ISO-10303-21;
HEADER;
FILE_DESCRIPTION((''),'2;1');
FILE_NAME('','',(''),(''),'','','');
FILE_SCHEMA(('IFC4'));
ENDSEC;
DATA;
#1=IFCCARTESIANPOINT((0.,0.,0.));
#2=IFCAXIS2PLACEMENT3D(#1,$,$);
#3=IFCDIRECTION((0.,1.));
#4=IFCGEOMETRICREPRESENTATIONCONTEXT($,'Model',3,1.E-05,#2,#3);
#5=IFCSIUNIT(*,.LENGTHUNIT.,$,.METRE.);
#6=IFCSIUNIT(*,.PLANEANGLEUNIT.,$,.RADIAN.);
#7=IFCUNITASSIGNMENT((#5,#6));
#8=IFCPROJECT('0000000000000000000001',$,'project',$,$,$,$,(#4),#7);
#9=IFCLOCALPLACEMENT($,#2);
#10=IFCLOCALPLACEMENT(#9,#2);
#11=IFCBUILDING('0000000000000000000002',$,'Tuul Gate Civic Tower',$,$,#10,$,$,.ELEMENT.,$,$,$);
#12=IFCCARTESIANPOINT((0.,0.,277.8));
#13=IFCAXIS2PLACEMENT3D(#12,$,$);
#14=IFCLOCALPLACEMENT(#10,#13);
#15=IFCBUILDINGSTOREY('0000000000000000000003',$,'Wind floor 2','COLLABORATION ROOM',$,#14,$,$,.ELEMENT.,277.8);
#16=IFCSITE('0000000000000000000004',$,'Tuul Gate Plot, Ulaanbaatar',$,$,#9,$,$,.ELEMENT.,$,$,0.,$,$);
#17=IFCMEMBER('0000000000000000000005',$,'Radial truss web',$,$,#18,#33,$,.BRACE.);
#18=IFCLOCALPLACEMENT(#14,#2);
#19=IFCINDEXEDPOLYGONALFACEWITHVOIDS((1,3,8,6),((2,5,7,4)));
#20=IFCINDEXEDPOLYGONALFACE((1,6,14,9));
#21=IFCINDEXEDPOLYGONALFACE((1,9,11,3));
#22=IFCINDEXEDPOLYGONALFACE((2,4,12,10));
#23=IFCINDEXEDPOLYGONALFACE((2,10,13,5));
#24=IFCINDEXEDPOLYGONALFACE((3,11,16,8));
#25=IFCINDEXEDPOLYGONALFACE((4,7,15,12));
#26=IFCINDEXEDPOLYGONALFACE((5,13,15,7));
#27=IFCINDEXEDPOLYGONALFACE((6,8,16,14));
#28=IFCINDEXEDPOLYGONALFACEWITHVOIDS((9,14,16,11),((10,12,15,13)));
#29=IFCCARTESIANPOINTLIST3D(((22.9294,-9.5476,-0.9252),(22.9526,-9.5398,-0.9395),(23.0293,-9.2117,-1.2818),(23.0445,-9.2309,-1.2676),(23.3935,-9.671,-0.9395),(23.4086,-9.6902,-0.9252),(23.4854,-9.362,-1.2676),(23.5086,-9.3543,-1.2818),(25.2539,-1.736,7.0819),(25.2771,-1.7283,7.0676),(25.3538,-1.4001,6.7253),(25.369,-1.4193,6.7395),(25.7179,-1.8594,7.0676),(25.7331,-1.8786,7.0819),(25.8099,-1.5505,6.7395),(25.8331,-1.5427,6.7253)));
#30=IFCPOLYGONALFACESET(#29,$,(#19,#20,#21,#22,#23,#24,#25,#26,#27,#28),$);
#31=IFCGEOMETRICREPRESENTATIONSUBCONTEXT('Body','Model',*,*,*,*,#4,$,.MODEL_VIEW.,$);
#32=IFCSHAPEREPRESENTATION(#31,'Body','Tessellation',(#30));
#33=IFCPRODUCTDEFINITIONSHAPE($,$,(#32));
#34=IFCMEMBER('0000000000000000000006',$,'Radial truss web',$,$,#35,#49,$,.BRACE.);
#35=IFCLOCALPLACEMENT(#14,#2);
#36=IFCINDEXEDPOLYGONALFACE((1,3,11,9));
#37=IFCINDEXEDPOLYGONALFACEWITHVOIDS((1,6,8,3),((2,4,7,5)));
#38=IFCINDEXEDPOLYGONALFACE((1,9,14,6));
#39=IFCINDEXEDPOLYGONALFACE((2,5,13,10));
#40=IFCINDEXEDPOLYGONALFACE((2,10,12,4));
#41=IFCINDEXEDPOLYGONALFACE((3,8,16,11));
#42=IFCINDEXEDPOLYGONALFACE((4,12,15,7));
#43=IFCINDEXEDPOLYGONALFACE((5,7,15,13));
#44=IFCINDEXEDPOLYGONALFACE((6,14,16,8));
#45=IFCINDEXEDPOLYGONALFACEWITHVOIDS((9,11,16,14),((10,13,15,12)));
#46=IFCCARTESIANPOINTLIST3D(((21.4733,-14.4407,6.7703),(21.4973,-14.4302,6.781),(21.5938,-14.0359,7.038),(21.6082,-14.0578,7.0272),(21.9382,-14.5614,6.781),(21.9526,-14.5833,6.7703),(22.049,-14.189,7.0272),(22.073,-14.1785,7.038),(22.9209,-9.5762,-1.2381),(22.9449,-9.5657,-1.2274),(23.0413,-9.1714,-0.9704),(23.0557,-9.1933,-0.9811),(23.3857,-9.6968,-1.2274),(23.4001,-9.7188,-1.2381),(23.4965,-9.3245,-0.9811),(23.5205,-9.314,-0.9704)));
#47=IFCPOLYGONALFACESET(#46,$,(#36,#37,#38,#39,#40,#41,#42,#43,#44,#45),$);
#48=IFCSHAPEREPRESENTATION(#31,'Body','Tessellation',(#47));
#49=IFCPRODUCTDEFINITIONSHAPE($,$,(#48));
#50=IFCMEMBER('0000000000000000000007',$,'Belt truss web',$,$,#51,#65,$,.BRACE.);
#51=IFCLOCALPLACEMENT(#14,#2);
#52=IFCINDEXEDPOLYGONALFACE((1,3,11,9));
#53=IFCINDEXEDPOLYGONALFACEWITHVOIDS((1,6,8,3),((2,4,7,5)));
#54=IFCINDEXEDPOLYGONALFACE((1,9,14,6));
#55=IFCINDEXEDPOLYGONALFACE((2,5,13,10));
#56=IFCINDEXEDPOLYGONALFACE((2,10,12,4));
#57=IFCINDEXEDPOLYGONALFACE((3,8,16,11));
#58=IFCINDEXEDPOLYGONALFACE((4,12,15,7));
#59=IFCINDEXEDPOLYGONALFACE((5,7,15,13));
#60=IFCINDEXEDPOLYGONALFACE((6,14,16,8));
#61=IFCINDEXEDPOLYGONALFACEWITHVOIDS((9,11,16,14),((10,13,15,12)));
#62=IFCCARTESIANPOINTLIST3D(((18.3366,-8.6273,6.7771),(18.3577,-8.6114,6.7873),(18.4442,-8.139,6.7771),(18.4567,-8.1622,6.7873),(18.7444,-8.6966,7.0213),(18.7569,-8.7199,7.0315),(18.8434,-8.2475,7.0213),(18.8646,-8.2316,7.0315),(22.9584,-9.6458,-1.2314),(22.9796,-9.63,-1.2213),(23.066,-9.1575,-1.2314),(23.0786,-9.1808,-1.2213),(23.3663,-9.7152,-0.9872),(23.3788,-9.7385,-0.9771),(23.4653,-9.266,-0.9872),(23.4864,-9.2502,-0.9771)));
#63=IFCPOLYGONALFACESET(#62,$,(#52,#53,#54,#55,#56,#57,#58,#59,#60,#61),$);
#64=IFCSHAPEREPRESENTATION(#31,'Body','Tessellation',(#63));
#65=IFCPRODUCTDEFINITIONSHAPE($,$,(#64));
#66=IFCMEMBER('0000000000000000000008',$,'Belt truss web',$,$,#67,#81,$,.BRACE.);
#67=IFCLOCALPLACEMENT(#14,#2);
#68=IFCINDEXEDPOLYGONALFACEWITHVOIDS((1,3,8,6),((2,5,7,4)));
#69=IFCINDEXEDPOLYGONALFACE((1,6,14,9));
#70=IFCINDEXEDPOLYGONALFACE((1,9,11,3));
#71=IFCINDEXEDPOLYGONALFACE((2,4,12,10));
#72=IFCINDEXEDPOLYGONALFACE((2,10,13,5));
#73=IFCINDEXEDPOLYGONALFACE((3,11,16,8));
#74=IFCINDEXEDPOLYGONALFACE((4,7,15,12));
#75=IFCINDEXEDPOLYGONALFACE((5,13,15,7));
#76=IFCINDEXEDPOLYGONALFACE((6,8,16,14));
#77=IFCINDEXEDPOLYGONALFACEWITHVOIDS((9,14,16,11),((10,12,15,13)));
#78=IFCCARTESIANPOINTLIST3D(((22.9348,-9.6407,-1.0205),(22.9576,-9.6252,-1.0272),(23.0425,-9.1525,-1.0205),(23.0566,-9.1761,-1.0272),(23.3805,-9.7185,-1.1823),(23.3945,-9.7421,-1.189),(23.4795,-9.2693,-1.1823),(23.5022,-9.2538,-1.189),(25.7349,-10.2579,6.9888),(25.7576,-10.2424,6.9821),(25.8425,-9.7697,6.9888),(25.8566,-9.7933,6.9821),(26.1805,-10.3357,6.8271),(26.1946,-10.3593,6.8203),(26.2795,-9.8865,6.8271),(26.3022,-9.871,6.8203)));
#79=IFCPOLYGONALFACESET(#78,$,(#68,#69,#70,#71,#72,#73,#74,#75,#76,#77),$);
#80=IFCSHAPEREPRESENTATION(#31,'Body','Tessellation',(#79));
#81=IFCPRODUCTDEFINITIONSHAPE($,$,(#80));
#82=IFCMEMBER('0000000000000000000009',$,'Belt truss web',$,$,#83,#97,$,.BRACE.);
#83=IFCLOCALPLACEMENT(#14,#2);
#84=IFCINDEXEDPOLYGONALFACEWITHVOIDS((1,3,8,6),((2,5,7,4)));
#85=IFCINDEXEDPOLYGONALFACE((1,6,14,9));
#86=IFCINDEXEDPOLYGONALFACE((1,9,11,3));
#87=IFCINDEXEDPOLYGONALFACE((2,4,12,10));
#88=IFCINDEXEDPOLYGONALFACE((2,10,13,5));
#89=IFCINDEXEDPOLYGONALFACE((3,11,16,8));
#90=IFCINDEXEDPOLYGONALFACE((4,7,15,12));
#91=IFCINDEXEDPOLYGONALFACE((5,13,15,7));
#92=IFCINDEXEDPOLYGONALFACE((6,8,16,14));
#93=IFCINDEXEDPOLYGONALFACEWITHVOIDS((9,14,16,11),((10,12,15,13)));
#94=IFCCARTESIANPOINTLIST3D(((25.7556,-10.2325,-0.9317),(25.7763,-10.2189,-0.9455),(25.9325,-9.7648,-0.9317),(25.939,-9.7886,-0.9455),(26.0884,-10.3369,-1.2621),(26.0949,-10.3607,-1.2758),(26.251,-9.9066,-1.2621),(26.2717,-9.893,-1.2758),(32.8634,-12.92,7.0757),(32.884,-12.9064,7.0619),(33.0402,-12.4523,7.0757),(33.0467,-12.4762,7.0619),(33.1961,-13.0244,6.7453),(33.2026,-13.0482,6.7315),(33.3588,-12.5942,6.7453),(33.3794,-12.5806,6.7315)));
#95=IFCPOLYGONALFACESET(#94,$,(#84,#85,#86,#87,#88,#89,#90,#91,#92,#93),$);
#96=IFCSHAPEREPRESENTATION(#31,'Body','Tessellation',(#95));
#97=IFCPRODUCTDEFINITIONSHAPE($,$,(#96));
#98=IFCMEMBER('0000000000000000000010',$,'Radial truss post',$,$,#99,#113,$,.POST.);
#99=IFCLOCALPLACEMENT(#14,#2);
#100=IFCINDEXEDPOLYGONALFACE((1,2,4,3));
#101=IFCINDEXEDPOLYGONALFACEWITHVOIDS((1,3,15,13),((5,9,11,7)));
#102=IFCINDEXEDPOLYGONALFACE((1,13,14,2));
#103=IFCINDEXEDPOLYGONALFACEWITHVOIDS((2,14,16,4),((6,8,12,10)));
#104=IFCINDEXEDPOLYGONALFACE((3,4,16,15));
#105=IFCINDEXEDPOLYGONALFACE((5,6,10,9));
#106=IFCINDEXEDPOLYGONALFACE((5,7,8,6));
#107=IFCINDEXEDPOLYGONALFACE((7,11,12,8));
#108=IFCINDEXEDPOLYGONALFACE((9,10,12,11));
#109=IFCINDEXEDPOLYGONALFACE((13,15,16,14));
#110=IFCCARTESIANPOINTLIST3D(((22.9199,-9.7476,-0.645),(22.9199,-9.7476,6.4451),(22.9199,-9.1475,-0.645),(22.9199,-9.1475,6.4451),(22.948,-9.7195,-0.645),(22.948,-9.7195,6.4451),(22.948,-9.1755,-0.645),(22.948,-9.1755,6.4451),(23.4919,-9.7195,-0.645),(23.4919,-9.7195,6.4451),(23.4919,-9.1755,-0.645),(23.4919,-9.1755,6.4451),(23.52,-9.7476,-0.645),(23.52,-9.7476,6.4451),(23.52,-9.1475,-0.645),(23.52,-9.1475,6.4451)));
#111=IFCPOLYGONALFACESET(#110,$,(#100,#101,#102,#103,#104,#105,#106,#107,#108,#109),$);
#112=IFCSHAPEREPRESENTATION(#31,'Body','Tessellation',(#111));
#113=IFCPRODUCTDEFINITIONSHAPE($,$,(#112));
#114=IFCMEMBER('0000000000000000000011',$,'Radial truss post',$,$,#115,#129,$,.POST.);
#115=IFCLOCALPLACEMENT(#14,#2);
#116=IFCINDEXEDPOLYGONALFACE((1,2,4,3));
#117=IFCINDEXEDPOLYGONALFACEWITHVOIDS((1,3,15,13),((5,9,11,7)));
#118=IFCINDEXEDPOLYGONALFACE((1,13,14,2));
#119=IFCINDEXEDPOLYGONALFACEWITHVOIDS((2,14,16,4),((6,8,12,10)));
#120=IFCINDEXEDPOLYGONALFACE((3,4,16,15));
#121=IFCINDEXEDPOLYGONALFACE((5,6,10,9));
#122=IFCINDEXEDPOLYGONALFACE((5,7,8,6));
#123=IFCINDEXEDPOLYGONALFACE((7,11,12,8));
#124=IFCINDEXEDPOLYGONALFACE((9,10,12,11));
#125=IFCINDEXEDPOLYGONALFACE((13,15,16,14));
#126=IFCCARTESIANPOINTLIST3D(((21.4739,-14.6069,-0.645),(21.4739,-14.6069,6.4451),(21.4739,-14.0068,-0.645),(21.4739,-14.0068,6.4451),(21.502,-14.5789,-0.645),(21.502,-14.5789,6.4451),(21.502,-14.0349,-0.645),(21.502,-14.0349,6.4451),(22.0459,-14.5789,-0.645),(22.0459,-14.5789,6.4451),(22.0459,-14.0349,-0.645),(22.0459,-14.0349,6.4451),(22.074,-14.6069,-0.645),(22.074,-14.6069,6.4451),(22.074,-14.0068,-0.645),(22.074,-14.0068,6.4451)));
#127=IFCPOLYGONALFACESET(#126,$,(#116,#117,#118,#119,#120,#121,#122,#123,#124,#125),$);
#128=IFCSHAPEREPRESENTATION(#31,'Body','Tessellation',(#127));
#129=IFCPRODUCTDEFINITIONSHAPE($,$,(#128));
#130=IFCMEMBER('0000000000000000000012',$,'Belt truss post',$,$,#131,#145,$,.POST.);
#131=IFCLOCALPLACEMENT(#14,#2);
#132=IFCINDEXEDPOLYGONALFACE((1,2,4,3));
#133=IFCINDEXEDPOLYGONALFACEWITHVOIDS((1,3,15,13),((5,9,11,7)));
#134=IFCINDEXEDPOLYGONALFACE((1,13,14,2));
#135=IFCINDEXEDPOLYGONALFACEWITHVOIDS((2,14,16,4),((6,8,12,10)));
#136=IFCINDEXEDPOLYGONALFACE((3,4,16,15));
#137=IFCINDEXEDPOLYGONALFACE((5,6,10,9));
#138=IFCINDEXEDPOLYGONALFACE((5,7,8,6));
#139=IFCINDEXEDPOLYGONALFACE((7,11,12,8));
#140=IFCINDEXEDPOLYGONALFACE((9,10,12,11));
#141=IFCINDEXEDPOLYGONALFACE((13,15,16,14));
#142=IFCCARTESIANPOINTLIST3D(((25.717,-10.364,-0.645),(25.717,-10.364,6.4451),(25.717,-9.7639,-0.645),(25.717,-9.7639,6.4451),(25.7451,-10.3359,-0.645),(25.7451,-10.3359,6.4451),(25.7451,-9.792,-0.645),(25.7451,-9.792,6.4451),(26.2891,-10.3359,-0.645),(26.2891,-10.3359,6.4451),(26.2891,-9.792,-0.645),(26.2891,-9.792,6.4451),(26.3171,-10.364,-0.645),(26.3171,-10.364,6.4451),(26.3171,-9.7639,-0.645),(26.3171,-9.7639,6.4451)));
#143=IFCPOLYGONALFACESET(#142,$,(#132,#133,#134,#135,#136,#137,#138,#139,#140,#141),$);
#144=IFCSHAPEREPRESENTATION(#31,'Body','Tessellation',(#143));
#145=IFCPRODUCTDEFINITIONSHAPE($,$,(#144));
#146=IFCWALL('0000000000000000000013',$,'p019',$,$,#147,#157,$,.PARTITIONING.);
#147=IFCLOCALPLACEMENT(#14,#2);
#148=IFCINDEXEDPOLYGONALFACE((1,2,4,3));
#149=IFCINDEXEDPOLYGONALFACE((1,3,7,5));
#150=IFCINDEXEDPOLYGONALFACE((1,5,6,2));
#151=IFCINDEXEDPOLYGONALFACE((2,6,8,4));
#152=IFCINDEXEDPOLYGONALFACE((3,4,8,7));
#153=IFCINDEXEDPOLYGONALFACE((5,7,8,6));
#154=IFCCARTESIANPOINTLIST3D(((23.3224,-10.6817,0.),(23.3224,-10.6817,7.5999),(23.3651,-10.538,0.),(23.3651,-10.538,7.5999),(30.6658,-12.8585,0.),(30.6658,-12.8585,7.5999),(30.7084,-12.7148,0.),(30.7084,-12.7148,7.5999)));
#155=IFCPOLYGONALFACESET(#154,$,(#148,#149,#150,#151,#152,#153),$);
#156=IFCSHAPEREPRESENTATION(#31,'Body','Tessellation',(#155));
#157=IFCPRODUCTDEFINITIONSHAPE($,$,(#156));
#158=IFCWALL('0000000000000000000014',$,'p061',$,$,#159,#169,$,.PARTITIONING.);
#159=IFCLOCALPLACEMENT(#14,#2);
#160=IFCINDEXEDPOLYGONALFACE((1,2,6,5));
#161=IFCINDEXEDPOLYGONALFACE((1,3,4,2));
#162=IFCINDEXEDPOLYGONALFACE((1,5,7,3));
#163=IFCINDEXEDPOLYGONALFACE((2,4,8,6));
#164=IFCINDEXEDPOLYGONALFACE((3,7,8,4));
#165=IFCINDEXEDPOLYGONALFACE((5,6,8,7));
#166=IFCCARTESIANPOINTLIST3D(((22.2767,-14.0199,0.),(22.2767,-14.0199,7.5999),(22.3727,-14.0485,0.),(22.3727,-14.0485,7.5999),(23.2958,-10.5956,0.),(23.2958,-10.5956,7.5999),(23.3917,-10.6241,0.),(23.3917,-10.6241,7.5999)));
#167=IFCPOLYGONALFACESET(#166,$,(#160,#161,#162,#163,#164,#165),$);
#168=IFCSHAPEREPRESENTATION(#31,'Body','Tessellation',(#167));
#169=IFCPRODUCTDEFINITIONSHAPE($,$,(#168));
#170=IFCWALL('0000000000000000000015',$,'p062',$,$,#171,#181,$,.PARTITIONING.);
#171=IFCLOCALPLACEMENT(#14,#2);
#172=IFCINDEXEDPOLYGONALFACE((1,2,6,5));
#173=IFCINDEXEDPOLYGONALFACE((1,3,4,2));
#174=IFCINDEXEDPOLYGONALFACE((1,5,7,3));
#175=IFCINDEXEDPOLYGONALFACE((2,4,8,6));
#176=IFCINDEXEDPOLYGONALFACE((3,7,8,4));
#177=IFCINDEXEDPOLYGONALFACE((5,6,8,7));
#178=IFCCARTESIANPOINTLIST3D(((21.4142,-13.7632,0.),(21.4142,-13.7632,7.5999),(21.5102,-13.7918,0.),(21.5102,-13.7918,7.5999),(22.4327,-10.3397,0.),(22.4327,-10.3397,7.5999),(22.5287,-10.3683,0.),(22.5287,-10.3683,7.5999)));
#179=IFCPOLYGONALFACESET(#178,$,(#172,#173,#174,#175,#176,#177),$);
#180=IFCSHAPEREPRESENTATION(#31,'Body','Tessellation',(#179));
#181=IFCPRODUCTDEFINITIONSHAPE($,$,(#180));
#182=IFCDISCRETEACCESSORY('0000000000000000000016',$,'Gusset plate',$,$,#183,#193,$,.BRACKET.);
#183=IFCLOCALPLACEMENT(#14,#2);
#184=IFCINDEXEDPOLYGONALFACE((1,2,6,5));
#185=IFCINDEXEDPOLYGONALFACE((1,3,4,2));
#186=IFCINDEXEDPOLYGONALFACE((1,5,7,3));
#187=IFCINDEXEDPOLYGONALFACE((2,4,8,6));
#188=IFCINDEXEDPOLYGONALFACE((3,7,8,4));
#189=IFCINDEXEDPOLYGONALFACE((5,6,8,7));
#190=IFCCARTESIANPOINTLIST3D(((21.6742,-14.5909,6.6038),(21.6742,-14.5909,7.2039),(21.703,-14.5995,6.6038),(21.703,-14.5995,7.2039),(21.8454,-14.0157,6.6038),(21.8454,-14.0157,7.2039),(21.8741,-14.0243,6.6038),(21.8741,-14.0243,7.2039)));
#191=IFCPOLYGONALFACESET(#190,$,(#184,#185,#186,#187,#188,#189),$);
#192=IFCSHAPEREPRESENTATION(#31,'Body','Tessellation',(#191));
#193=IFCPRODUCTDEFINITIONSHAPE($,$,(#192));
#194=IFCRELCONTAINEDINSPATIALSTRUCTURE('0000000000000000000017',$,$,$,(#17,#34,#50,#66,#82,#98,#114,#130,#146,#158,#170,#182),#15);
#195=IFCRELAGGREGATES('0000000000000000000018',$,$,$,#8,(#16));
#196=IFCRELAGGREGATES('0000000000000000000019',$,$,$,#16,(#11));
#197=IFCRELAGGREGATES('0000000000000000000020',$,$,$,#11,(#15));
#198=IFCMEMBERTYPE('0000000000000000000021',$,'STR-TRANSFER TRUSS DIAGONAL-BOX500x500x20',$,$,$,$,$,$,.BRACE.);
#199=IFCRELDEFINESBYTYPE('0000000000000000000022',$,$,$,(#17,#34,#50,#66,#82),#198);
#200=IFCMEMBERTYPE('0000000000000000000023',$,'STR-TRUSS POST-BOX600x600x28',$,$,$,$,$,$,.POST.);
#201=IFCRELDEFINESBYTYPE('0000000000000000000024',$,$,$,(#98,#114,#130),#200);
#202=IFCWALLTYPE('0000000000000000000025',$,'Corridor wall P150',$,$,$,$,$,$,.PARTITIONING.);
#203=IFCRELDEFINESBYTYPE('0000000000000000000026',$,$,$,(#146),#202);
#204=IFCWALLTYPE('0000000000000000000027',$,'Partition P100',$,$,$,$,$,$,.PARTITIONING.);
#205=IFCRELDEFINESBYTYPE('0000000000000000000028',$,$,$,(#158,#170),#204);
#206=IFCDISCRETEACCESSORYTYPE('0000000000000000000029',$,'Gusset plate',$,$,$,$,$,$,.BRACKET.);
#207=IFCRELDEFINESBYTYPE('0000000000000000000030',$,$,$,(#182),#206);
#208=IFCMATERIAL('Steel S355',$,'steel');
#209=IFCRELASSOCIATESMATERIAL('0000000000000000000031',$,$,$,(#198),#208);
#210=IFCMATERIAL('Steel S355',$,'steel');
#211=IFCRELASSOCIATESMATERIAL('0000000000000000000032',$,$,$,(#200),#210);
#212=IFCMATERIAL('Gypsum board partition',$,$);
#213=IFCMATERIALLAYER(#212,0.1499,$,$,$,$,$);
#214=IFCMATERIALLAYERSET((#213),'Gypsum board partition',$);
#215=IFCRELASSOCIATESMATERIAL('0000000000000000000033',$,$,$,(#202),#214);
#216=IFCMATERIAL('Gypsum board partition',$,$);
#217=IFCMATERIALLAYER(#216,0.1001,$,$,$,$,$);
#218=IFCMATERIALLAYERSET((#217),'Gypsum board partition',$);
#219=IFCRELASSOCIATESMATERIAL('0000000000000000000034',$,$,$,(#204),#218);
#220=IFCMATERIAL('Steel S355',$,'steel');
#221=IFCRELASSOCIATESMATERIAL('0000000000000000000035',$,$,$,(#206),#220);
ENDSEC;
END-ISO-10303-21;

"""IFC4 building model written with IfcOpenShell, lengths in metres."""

from ifc_helpers import new_model, si_unit, direction, frame, frame_2d, origin, origin_2d, place, context, subcontext, project, spatial, rectangle, hollow_rectangle, extrude, material, layer, layer_set, material_profile, profile_set, type_object, element, save


model = new_model("IFC4")

# Units and contexts
model_context = context("Model", 3, precision=1e-05, world=origin(), true_north=direction((0.0, 1.0)))
body_context = subcontext(model_context, "Body", "Model", "MODEL_VIEW")
ifc_project = project(units=[si_unit("LENGTHUNIT", "METRE"), si_unit("PLANEANGLEUNIT", "RADIAN")], contexts=[model_context])

# Site, building, storey
site_placement = place(None, origin())
site = spatial("IfcSite", under=ifc_project, at=site_placement, Name="Tuul Gate Plot, Ulaanbaatar", CompositionType="ELEMENT", RefElevation=0.0)
building_placement = place(site_placement, origin())
building = spatial("IfcBuilding", under=site, at=building_placement, Name="Tuul Gate Civic Tower", CompositionType="ELEMENT")
storey_placement = place(building_placement, frame((0.0, 0.0, 277.8)))
storey = spatial("IfcBuildingStorey", under=building, at=storey_placement, Name="Wind floor 2", Description="COLLABORATION ROOM", CompositionType="ELEMENT", Elevation=277.8)

# Members
ifc_material_1 = material(Name="Steel S355", Category="steel")
ifc_material_profile_1 = material_profile(ifc_material_1, hollow_rectangle(XDim=0.5, YDim=0.5, WallThickness=0.02, at=origin_2d()), Name="BOX500x500x20")
ifc_profile_set_1 = profile_set([ifc_material_profile_1], Name="Steel S355")
member_type_1 = type_object("IfcMemberType", Name="STR-TRANSFER TRUSS DIAGONAL-BOX500x500x20", PredefinedType="BRACE", material=ifc_profile_set_1)
member_1_placement = place(storey_placement, frame((23.219, -9.4509, -1.1035), z_axis=(0.20345, 0.683707, 0.700823), x_axis=(-0.958465, 0.285209, 0.0)))
element("IfcMember", 1, at=member_1_placement, inside=storey, type_object=member_type_1, Name="Radial truss web", PredefinedType="BRACE", context=body_context, shape_type="SweptSolid", body=[
    extrude(hollow_rectangle(XDim=0.5, YDim=0.5, WallThickness=0.02, at=origin_2d()), origin(), (0.0, 0.0, 1.0), 11.4253),
])
member_2_placement = place(storey_placement, frame((23.2207, -9.4451, -1.1042), z_axis=(-0.152673, -0.513073, 0.844658), x_axis=(0.958466, -0.285207, 0.0)))
element("IfcMember", 2, at=member_2_placement, inside=storey, type_object=member_type_1, Name="Radial truss web", PredefinedType="BRACE", context=body_context, shape_type="SweptSolid", body=[
    extrude(hollow_rectangle(XDim=0.5, YDim=0.5, WallThickness=0.02, at=origin_2d()), origin(), (0.0, 0.0, 1.0), 9.4812),
])
member_3_placement = place(storey_placement, frame((23.2224, -9.448, -1.1042), z_axis=(-0.49684, 0.109493, 0.860907), x_axis=(-0.215215, -0.976567, 0.0)))
element("IfcMember", 3, at=member_3_placement, inside=storey, type_object=member_type_1, Name="Belt truss web", PredefinedType="BRACE", context=body_context, shape_type="SweptSolid", body=[
    extrude(hollow_rectangle(XDim=0.5, YDim=0.5, WallThickness=0.02, at=origin_2d()), origin(), (0.0, 0.0, 1.0), 9.3025),
])
member_4_placement = place(storey_placement, frame((23.2185, -9.4473, -1.1047), z_axis=(0.329145, -0.07255, 0.941488), x_axis=(0.215253, 0.976558, 0.0)))
element("IfcMember", 4, at=member_4_placement, inside=storey, type_object=member_type_1, Name="Belt truss web", PredefinedType="BRACE", context=body_context, shape_type="SweptSolid", body=[
    extrude(hollow_rectangle(XDim=0.5, YDim=0.5, WallThickness=0.02, at=origin_2d()), origin(), (0.0, 0.0, 1.0), 8.5071),
])
member_5_placement = place(storey_placement, frame((26.0137, -10.0627, -1.1038), z_axis=(0.643871, -0.243456, 0.725369), x_axis=(0.353675, 0.935368, 0.0)))
element("IfcMember", 5, at=member_5_placement, inside=storey, type_object=member_type_1, Name="Belt truss web", PredefinedType="BRACE", context=body_context, shape_type="SweptSolid", body=[
    extrude(hollow_rectangle(XDim=0.5, YDim=0.5, WallThickness=0.02, at=origin_2d()), origin(), (0.0, 0.0, 1.0), 11.0391),
])
ifc_material_2 = material(Name="Steel S355", Category="steel")
ifc_material_profile_2 = material_profile(ifc_material_2, hollow_rectangle(XDim=0.6001, YDim=0.6001, WallThickness=0.0281, at=origin_2d()), Name="BOX600x600x28")
ifc_profile_set_2 = profile_set([ifc_material_profile_2], Name="Steel S355")
member_type_2 = type_object("IfcMemberType", Name="STR-TRUSS POST-BOX600x600x28", PredefinedType="POST", material=ifc_profile_set_2)
for number, where, z_axis, x_axis, name in (
    (6, (23.22, -9.4475, -0.645), (0.0, 0.0, 1.0), (1.0, 0.0, 0.0), "Radial truss post"),
    (7, (21.7739, -14.3069, -0.645), (0.0, 0.0, 1.0), (1.0, 0.0, 0.0), "Radial truss post"),
    (8, (26.0171, -10.064, -0.645), (0.0, 0.0, 1.0), (1.0, 0.0, 0.0), "Belt truss post"),
):
    element("IfcMember", number, at=place(storey_placement, frame(where, z_axis=z_axis, x_axis=x_axis)), inside=storey, type_object=member_type_2, Name=name, PredefinedType="POST", context=body_context, shape_type="SweptSolid", body=[
        extrude(hollow_rectangle(XDim=0.6001, YDim=0.6001, WallThickness=0.0281, at=origin_2d()), origin(), (0.0, 0.0, 1.0), 7.0901),
    ])

# Walls
ifc_material_3 = material(Name="Gypsum board partition")
ifc_layer_1 = layer(ifc_material_3, 0.1499)
ifc_layer_set_1 = layer_set([ifc_layer_1], Name="Gypsum board partition")
wall_type_1 = type_object("IfcWallType", Name="Corridor wall P150", PredefinedType="PARTITIONING", material=ifc_layer_set_1)
wall_1_placement = place(storey_placement, frame((23.3438, -10.6099, 0.0), z_axis=(0.0, 0.0, 1.0), x_axis=(0.958763, -0.284206, 0.0)))
element("IfcWall", 9, at=wall_1_placement, inside=storey, type_object=wall_type_1, Name="p019", PredefinedType="PARTITIONING", context=body_context, shape_type="SweptSolid", body=[
    extrude(rectangle(XDim=7.6592, YDim=0.1499, at=frame_2d((3.8296, 0.0))), origin(), (0.0, 0.0, 1.0), 7.5999),
])
ifc_material_4 = material(Name="Gypsum board partition")
ifc_layer_2 = layer(ifc_material_4, 0.1001)
ifc_layer_set_2 = layer_set([ifc_layer_2], Name="Gypsum board partition")
wall_type_2 = type_object("IfcWallType", Name="Partition P100", PredefinedType="PARTITIONING", material=ifc_layer_set_2)
wall_2_placement = place(storey_placement, frame((22.3247, -14.0342, 0.0), z_axis=(0.0, 0.0, 1.0), x_axis=(0.285228, 0.95846, 0.0)))
element("IfcWall", 10, at=wall_2_placement, inside=storey, type_object=wall_type_2, Name="p061", PredefinedType="PARTITIONING", context=body_context, shape_type="SweptSolid", body=[
    extrude(rectangle(XDim=3.5728, YDim=0.1001, at=frame_2d((1.7864, 0.0))), origin(), (0.0, 0.0, 1.0), 7.5999),
])
wall_3_placement = place(storey_placement, frame((22.4807, -10.354, 0.0), z_axis=(0.0, 0.0, 1.0), x_axis=(-0.285159, -0.95848, 0.0)))
element("IfcWall", 11, at=wall_3_placement, inside=storey, type_object=wall_type_2, Name="p062", PredefinedType="PARTITIONING", context=body_context, shape_type="SweptSolid", body=[
    extrude(rectangle(XDim=3.5718, YDim=0.1001, at=frame_2d((1.7859, 0.0))), origin(), (0.0, 0.0, 1.0), 7.5999),
])

# Discrete accessory
ifc_material_5 = material(Name="Steel S355", Category="steel")
discrete_accessory_type = type_object("IfcDiscreteAccessoryType", Name="Gusset plate", PredefinedType="BRACKET", material=ifc_material_5)
discrete_accessory_placement = place(storey_placement, frame((21.7742, -14.3076, 6.6038), z_axis=(0.0, 0.0, 1.0), x_axis=(0.285212, 0.958464, 0.0)))
element("IfcDiscreteAccessory", 12, at=discrete_accessory_placement, inside=storey, type_object=discrete_accessory_type, Name="Gusset plate", PredefinedType="BRACKET", context=body_context, shape_type="SweptSolid", body=[
    extrude(rectangle(XDim=0.6001, YDim=0.03, at=origin_2d()), origin(), (0.0, 0.0, 1.0), 0.6001),
])

save(model, "model.ifc")
